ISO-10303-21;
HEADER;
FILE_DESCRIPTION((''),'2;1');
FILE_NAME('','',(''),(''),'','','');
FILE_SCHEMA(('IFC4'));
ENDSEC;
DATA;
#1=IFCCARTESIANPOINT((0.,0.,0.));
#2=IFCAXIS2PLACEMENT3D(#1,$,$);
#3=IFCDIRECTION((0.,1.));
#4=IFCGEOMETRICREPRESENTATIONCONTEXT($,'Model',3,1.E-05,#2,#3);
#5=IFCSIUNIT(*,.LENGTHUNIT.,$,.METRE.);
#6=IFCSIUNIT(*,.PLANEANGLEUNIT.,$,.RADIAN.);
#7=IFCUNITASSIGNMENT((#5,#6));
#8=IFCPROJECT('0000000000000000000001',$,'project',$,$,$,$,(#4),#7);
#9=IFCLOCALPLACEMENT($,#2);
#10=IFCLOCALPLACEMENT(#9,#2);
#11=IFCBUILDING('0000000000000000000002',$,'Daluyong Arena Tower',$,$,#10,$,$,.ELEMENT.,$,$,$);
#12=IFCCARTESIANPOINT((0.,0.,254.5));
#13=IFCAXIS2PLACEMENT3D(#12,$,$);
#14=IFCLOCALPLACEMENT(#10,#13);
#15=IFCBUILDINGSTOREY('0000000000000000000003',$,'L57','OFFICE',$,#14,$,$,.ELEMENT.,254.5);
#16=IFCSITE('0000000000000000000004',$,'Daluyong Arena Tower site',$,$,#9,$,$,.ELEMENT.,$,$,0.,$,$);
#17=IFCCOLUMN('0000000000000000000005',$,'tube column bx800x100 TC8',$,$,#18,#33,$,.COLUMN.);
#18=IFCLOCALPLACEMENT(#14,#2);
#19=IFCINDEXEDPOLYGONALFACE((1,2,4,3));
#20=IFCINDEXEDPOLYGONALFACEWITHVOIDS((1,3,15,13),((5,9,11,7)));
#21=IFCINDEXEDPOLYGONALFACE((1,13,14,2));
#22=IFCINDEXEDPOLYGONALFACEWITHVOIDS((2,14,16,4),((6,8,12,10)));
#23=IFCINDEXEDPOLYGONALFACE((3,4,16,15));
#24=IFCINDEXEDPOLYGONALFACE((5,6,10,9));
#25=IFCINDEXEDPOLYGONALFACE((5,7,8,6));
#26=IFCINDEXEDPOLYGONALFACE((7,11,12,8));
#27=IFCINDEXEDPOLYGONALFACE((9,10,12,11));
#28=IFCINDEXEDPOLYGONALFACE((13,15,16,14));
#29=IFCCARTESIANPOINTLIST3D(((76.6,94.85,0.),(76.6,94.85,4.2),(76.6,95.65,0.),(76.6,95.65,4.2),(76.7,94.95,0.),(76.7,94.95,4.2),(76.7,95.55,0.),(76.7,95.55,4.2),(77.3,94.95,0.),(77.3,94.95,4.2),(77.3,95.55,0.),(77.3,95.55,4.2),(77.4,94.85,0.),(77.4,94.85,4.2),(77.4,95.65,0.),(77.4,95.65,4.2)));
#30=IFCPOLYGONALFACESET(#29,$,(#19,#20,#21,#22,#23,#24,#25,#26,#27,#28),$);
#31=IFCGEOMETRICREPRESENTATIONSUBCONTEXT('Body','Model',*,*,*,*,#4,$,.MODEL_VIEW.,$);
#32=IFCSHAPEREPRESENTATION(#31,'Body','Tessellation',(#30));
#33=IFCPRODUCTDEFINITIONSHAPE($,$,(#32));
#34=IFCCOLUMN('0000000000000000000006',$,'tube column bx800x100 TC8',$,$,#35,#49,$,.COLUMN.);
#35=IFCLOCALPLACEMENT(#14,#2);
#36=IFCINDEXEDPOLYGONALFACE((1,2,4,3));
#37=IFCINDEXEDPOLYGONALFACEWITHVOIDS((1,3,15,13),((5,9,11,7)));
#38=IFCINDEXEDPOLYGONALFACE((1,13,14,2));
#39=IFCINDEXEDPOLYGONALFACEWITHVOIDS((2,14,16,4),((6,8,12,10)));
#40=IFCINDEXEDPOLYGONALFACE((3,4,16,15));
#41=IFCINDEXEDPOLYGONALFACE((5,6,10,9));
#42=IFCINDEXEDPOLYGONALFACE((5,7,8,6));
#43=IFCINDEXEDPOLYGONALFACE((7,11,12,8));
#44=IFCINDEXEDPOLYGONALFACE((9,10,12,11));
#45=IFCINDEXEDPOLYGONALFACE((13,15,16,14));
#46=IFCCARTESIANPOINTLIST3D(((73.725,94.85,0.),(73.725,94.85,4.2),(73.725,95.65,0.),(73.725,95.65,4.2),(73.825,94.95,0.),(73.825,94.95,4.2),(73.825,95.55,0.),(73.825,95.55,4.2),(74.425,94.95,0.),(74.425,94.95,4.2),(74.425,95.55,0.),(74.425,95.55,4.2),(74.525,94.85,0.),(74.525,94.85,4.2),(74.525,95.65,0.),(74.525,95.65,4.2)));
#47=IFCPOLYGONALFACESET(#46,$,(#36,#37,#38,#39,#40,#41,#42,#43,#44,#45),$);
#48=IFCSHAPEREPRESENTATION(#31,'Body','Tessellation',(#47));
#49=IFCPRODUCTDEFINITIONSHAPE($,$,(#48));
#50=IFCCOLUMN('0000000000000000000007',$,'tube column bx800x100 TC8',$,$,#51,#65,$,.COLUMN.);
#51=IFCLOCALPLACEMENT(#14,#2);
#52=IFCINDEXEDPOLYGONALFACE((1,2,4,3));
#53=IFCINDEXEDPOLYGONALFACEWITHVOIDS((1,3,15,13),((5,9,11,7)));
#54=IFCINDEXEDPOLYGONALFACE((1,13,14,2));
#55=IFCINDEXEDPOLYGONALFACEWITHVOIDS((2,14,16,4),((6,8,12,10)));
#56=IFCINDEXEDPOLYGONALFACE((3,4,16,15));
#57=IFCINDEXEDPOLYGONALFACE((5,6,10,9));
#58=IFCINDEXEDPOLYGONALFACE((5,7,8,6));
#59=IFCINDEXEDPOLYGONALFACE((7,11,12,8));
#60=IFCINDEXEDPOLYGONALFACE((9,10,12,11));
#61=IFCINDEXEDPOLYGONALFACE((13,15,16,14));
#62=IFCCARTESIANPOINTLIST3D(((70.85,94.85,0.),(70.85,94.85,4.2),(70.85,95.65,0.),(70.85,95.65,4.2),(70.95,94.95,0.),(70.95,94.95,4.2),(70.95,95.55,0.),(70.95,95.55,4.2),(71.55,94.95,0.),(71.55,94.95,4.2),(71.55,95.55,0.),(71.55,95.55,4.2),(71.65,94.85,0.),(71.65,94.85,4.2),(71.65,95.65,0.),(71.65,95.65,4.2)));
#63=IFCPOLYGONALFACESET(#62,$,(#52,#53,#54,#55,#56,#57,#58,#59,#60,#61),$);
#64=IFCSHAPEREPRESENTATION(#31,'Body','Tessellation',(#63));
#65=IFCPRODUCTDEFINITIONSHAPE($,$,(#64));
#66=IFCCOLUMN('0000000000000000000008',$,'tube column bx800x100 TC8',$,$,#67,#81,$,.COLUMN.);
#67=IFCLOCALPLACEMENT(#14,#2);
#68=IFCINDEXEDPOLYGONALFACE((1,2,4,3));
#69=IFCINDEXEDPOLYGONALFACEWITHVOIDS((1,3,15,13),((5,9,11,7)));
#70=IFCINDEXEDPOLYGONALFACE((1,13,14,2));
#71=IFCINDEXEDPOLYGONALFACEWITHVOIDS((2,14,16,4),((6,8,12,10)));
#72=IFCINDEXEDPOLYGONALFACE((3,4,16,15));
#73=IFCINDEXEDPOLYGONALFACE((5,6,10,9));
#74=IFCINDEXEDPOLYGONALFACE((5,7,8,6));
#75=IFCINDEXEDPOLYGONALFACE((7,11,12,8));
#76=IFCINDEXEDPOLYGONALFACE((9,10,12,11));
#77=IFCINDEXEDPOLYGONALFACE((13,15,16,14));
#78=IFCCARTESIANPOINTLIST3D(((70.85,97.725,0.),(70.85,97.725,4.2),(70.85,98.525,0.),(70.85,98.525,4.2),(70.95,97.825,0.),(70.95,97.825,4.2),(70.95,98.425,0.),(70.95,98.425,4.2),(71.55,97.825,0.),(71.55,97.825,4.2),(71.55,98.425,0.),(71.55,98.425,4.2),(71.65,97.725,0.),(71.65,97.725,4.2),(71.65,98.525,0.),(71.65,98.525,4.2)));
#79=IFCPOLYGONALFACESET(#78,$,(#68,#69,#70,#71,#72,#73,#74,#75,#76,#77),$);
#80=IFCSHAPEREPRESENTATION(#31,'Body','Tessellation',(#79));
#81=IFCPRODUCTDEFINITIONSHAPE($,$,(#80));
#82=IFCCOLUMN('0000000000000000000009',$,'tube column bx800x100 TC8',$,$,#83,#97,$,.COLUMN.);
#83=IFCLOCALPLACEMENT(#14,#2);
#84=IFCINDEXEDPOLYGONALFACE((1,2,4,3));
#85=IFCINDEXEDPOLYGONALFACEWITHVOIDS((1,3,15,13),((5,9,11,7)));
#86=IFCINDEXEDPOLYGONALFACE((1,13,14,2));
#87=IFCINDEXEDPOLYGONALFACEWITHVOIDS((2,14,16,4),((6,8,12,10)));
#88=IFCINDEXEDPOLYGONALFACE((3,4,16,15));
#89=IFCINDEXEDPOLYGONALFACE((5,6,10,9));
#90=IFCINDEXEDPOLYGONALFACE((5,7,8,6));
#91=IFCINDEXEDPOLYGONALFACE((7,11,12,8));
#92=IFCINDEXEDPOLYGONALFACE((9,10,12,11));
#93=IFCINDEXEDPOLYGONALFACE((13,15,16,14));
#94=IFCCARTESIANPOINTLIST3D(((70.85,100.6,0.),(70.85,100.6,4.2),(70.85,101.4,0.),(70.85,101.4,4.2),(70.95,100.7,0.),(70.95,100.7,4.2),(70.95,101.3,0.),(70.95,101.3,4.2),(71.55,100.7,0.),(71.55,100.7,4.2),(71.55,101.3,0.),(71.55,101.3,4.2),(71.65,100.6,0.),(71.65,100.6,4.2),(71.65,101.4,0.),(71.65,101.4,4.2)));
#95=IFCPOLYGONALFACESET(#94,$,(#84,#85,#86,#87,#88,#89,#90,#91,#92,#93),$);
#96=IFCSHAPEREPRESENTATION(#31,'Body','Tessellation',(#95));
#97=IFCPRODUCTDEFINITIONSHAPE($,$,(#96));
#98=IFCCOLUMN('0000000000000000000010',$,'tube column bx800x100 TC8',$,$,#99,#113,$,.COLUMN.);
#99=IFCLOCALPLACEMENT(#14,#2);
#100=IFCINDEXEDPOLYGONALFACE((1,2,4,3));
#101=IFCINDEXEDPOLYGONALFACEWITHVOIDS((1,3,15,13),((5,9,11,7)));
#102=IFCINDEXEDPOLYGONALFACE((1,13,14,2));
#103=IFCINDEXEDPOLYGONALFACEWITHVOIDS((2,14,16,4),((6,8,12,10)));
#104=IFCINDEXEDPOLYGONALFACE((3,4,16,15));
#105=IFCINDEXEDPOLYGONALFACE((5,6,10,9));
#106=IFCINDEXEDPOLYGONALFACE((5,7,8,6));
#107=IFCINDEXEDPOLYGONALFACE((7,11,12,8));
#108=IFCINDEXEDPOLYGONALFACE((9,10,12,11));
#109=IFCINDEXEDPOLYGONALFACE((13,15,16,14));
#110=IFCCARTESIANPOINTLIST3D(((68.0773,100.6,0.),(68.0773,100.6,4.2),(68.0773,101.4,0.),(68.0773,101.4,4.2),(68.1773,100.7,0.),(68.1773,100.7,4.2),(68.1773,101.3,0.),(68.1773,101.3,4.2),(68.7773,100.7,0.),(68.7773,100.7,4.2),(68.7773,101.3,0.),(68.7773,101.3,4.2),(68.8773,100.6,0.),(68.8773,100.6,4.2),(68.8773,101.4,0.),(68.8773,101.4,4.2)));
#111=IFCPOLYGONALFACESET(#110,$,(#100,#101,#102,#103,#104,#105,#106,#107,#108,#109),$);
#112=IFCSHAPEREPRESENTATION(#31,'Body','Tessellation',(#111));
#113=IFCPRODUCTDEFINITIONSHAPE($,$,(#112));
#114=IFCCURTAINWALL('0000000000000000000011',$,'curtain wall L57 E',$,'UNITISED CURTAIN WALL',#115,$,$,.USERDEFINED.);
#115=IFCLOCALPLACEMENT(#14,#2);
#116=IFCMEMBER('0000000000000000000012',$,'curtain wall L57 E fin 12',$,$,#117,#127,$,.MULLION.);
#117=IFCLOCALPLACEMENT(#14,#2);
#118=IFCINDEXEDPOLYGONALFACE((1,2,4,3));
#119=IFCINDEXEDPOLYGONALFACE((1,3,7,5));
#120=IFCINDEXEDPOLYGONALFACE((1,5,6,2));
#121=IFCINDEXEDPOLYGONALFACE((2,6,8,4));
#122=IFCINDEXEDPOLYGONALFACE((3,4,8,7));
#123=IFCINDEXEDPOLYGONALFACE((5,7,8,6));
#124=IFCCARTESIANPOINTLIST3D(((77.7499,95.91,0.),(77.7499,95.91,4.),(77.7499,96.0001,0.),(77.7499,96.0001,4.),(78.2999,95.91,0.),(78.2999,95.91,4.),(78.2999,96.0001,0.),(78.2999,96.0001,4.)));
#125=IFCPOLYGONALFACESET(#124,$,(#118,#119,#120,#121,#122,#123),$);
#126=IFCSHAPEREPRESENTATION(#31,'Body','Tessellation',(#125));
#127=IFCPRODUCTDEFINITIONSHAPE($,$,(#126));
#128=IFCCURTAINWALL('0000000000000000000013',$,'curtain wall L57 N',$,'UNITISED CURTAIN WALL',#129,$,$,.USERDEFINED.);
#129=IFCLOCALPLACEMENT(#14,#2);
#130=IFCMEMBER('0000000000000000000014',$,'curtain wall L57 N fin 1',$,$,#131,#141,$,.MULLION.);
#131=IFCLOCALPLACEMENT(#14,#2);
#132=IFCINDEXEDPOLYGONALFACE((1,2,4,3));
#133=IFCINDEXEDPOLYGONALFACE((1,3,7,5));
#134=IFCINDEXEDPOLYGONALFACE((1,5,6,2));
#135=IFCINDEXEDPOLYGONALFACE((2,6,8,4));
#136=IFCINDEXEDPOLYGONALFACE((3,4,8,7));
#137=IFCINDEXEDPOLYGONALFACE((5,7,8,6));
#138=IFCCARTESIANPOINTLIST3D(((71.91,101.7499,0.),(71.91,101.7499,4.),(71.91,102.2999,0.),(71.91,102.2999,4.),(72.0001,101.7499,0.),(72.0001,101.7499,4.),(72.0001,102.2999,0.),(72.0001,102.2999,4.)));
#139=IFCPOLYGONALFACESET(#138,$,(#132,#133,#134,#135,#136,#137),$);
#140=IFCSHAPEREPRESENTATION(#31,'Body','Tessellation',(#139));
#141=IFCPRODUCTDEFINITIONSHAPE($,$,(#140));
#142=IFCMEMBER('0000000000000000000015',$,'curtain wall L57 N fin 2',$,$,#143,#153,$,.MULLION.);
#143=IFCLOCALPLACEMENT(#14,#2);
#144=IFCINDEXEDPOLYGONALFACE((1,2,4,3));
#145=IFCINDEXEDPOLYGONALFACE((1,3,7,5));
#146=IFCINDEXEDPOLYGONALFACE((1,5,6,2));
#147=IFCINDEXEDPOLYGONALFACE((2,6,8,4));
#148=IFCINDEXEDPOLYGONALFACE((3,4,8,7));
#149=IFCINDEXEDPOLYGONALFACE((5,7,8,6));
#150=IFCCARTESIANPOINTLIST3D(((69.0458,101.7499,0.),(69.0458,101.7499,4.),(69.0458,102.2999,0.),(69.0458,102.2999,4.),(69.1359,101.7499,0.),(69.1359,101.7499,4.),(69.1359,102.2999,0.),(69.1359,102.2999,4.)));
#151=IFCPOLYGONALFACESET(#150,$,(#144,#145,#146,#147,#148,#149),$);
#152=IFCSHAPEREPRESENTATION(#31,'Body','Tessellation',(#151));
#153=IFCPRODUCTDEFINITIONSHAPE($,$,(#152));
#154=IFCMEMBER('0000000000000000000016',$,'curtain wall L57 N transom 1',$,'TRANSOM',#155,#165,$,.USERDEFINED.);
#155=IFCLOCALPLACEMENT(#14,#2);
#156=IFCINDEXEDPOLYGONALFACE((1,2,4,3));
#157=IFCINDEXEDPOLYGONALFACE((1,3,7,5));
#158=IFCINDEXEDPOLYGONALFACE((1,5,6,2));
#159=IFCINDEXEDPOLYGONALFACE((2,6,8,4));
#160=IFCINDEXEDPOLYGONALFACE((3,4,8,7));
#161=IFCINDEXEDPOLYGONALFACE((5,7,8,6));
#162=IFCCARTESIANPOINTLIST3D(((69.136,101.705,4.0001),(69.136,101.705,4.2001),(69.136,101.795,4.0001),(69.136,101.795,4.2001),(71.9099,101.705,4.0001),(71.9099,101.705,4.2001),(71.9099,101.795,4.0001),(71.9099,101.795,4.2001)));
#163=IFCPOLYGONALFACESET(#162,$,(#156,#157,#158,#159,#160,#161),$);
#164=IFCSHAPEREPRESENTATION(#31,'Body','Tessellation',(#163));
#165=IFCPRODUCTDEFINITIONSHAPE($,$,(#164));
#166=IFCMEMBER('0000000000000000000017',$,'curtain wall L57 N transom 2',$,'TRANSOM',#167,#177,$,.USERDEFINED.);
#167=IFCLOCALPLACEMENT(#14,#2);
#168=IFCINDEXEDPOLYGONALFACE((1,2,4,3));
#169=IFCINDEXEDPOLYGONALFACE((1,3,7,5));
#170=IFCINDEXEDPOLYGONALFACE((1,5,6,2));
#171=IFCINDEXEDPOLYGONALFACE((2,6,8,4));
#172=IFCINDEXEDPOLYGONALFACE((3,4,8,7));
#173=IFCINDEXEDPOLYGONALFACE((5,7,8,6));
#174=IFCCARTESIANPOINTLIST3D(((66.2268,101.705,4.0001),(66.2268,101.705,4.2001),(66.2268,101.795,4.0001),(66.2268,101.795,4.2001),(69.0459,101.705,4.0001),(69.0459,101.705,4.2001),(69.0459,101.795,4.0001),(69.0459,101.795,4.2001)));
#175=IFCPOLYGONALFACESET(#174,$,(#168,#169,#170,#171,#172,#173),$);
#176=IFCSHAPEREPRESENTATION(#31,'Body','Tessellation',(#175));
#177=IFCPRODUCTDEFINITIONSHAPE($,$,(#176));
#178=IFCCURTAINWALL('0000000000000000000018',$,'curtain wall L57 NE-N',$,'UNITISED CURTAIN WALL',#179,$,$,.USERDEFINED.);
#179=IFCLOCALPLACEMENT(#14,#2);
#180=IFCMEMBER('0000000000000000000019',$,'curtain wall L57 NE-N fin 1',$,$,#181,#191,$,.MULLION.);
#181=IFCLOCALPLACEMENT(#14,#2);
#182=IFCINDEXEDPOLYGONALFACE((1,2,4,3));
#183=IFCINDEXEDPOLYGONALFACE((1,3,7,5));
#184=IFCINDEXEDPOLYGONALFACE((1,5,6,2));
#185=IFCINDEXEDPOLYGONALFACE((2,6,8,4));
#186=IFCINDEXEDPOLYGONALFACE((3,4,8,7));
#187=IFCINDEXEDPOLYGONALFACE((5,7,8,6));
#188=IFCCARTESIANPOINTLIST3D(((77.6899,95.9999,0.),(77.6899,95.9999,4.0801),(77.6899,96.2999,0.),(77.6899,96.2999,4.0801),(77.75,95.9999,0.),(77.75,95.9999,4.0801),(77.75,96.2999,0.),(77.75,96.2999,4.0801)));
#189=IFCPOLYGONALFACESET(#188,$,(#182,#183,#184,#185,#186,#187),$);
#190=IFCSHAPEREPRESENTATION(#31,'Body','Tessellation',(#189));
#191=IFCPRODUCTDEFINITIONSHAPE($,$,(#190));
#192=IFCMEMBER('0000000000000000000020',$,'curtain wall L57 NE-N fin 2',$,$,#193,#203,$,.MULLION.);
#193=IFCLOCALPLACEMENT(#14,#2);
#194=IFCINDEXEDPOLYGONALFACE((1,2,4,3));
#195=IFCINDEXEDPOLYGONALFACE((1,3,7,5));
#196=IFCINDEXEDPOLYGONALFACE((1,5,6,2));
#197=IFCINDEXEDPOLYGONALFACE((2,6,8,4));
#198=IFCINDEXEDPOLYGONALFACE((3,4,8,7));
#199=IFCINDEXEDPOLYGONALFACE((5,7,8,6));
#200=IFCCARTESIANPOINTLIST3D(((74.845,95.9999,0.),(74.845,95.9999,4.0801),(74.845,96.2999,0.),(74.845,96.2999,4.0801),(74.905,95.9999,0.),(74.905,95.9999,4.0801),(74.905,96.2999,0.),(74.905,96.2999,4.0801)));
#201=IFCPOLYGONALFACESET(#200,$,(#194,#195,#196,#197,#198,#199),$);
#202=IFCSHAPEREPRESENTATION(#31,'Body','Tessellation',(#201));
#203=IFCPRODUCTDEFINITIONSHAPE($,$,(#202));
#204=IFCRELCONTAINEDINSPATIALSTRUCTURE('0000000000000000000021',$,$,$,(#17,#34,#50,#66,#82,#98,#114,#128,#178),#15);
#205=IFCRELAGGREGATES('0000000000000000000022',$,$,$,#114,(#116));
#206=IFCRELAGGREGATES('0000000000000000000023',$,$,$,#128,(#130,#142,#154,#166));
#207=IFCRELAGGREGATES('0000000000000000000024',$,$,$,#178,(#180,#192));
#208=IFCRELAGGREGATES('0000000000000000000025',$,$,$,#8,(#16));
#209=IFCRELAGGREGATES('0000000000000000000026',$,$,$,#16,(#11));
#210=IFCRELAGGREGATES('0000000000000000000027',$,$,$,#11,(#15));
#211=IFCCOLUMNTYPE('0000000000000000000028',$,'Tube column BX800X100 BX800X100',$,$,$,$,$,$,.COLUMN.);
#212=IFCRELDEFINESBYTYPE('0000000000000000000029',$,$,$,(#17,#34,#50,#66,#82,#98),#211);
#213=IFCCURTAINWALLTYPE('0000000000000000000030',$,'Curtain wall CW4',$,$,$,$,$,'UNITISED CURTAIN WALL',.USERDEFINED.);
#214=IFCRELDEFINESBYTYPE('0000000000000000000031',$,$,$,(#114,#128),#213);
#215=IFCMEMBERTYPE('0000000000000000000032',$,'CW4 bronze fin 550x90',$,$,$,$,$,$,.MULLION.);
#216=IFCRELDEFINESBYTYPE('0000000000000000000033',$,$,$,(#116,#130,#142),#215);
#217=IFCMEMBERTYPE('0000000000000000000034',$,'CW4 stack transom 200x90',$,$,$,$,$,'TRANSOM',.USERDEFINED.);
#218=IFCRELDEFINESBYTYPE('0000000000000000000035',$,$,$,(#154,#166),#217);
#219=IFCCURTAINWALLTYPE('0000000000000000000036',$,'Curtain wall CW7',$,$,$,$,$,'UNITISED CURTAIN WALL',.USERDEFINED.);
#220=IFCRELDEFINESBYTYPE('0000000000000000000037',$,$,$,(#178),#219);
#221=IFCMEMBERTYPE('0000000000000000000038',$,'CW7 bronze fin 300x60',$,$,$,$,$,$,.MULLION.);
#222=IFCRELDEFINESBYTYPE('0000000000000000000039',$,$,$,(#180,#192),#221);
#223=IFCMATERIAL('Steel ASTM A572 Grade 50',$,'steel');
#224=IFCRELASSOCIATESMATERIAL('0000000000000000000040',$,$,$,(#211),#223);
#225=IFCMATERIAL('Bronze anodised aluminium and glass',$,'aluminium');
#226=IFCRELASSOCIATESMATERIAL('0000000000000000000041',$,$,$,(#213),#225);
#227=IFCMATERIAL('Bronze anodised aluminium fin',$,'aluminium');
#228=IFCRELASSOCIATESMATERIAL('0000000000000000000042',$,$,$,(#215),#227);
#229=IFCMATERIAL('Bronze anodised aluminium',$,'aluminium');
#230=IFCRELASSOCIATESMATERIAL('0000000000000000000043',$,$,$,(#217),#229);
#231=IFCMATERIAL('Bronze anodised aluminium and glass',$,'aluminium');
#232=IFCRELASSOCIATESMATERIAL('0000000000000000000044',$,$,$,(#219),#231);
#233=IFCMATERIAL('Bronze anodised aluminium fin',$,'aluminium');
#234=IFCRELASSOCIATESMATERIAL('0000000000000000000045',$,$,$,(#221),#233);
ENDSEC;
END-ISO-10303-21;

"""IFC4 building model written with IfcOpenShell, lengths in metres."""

from ifc_helpers import new_model, si_unit, direction, frame, origin, origin_2d, place, context, subcontext, project, spatial, rectangle, hollow_rectangle, extrude, material, material_profile, profile_set, type_object, element, aggregate, save


model = new_model("IFC4")

# Units and contexts
model_context = context("Model", 3, precision=1e-05, world=origin(), true_north=direction((0.0, 1.0)))
body_context = subcontext(model_context, "Body", "Model", "MODEL_VIEW")
ifc_project = project(units=[si_unit("LENGTHUNIT", "METRE"), si_unit("PLANEANGLEUNIT", "RADIAN")], contexts=[model_context])

# Site, building, storey
site_placement = place(None, origin())
site = spatial("IfcSite", under=ifc_project, at=site_placement, Name="Daluyong Arena Tower site", CompositionType="ELEMENT", RefElevation=0.0)
building_placement = place(site_placement, origin())
building = spatial("IfcBuilding", under=site, at=building_placement, Name="Daluyong Arena Tower", CompositionType="ELEMENT")
storey_placement = place(building_placement, frame((0.0, 0.0, 254.5)))
storey = spatial("IfcBuildingStorey", under=building, at=storey_placement, Name="L57", Description="OFFICE", CompositionType="ELEMENT", Elevation=254.5)

# Columns
ifc_material_1 = material(Name="Steel ASTM A572 Grade 50", Category="steel")
ifc_material_profile_1 = material_profile(ifc_material_1, hollow_rectangle(XDim=0.8, YDim=0.8, WallThickness=0.1, at=origin_2d()))
ifc_profile_set_1 = profile_set([ifc_material_profile_1], Name="Steel ASTM A572 Grade 50")
column_type = type_object("IfcColumnType", Name="Tube column BX800X100 BX800X100", PredefinedType="COLUMN", material=ifc_profile_set_1)
for number, where, z_axis, x_axis, name in (
    (1, (77.0, 95.25, 0.0), (0.0, 0.0, 1.0), (1.0, 0.0, 0.0), "tube column bx800x100 TC8"),
    (2, (74.125, 95.25, 0.0), (0.0, 0.0, 1.0), (1.0, 0.0, 0.0), "tube column bx800x100 TC8"),
    (3, (71.25, 95.25, 0.0), (0.0, 0.0, 1.0), (0.0, 1.0, 0.0), "tube column bx800x100 TC8"),
    (4, (71.25, 98.125, 0.0), (0.0, 0.0, 1.0), (0.0, 1.0, 0.0), "tube column bx800x100 TC8"),
    (5, (71.25, 101.0, 0.0), (0.0, 0.0, 1.0), (1.0, 0.0, 0.0), "tube column bx800x100 TC8"),
    (6, (68.4773, 101.0, 0.0), (0.0, 0.0, 1.0), (1.0, 0.0, 0.0), "tube column bx800x100 TC8"),
):
    element("IfcColumn", number, at=place(storey_placement, frame(where, z_axis=z_axis, x_axis=x_axis)), inside=storey, type_object=column_type, Name=name, PredefinedType="COLUMN", context=body_context, shape_type="SweptSolid", body=[
        extrude(hollow_rectangle(XDim=0.8, YDim=0.8, WallThickness=0.1, at=origin_2d()), origin(), (0.0, 0.0, 1.0), 4.2),
    ])

# Curtain wall, member
ifc_material_2 = material(Name="Bronze anodised aluminium and glass", Category="aluminium")
curtain_wall_type_1 = type_object("IfcCurtainWallType", Name="Curtain wall CW4", ElementType="UNITISED CURTAIN WALL", PredefinedType="USERDEFINED", material=ifc_material_2)
curtain_wall_1_placement = place(storey_placement, origin())
curtain_wall_1 = element("IfcCurtainWall", 7, at=curtain_wall_1_placement, inside=storey, type_object=curtain_wall_type_1, Name="curtain wall L57 E", ObjectType="UNITISED CURTAIN WALL", PredefinedType="USERDEFINED")
ifc_material_3 = material(Name="Bronze anodised aluminium fin", Category="aluminium")
ifc_material_profile_2 = material_profile(ifc_material_3, rectangle(XDim=0.55, YDim=0.0901, at=origin_2d()))
ifc_profile_set_2 = profile_set([ifc_material_profile_2], Name="Bronze anodised aluminium fin")
member_type_1 = type_object("IfcMemberType", Name="CW4 bronze fin 550x90", PredefinedType="MULLION", material=ifc_profile_set_2)
member_1_placement = place(storey_placement, frame((78.0249, 95.9551, 0.0), z_axis=(0.0, 0.0, 1.0), x_axis=(-1.0, 0.0, 0.0)))
member_1 = element("IfcMember", 8, at=member_1_placement, type_object=member_type_1, Name="curtain wall L57 E fin 12", PredefinedType="MULLION", context=body_context, shape_type="SweptSolid", body=[
    extrude(rectangle(XDim=0.55, YDim=0.0901, at=origin_2d()), origin(), (0.0, 0.0, 1.0), 4.0),
])
aggregate(curtain_wall_1, [member_1])

# Curtain walls, members
curtain_wall_2_placement = place(storey_placement, origin())
curtain_wall_2 = element("IfcCurtainWall", 9, at=curtain_wall_2_placement, inside=storey, type_object=curtain_wall_type_1, Name="curtain wall L57 N", ObjectType="UNITISED CURTAIN WALL", PredefinedType="USERDEFINED")
member_2_placement = place(storey_placement, frame((71.9551, 102.0249, 0.0), z_axis=(0.0, 0.0, 1.0), x_axis=(0.0, -1.0, 0.0)))
member_2 = element("IfcMember", 10, at=member_2_placement, type_object=member_type_1, Name="curtain wall L57 N fin 1", PredefinedType="MULLION", context=body_context, shape_type="SweptSolid", body=[
    extrude(rectangle(XDim=0.55, YDim=0.0901, at=origin_2d()), origin(), (0.0, 0.0, 1.0), 4.0),
])
member_3_placement = place(storey_placement, frame((69.0908, 102.0249, 0.0), z_axis=(0.0, 0.0, 1.0), x_axis=(0.0, -1.0, 0.0)))
member_3 = element("IfcMember", 11, at=member_3_placement, type_object=member_type_1, Name="curtain wall L57 N fin 2", PredefinedType="MULLION", context=body_context, shape_type="SweptSolid", body=[
    extrude(rectangle(XDim=0.55, YDim=0.0901, at=origin_2d()), origin(), (0.0, 0.0, 1.0), 4.0),
])
ifc_material_4 = material(Name="Bronze anodised aluminium", Category="aluminium")
ifc_material_profile_3 = material_profile(ifc_material_4, rectangle(XDim=0.0901, YDim=0.2, at=origin_2d()))
ifc_profile_set_3 = profile_set([ifc_material_profile_3], Name="Bronze anodised aluminium")
member_type_2 = type_object("IfcMemberType", Name="CW4 stack transom 200x90", ElementType="TRANSOM", PredefinedType="USERDEFINED", material=ifc_profile_set_3)
member_4_placement = place(storey_placement, frame((71.9099, 101.75, 4.1001), z_axis=(-1.0, 0.0, 0.0), x_axis=(0.0, -1.0, 0.0)))
member_4 = element("IfcMember", 12, at=member_4_placement, type_object=member_type_2, Name="curtain wall L57 N transom 1", ObjectType="TRANSOM", PredefinedType="USERDEFINED", context=body_context, shape_type="SweptSolid", body=[
    extrude(rectangle(XDim=0.0901, YDim=0.2, at=origin_2d()), origin(), (0.0, 0.0, 1.0), 2.7739),
])
member_5_placement = place(storey_placement, frame((69.0459, 101.75, 4.1001), z_axis=(-1.0, 0.0, 0.0), x_axis=(0.0, -1.0, 0.0)))
member_5 = element("IfcMember", 13, at=member_5_placement, type_object=member_type_2, Name="curtain wall L57 N transom 2", ObjectType="TRANSOM", PredefinedType="USERDEFINED", context=body_context, shape_type="SweptSolid", body=[
    extrude(rectangle(XDim=0.0901, YDim=0.2, at=origin_2d()), origin(), (0.0, 0.0, 1.0), 2.8191),
])
ifc_material_5 = material(Name="Bronze anodised aluminium and glass", Category="aluminium")
curtain_wall_type_2 = type_object("IfcCurtainWallType", Name="Curtain wall CW7", ElementType="UNITISED CURTAIN WALL", PredefinedType="USERDEFINED", material=ifc_material_5)
curtain_wall_3_placement = place(storey_placement, origin())
curtain_wall_3 = element("IfcCurtainWall", 14, at=curtain_wall_3_placement, inside=storey, type_object=curtain_wall_type_2, Name="curtain wall L57 NE-N", ObjectType="UNITISED CURTAIN WALL", PredefinedType="USERDEFINED")
ifc_material_6 = material(Name="Bronze anodised aluminium fin", Category="aluminium")
ifc_material_profile_4 = material_profile(ifc_material_6, rectangle(XDim=0.3, YDim=0.0601, at=origin_2d()))
ifc_profile_set_4 = profile_set([ifc_material_profile_4], Name="Bronze anodised aluminium fin")
member_type_3 = type_object("IfcMemberType", Name="CW7 bronze fin 300x60", PredefinedType="MULLION", material=ifc_profile_set_4)
member_6_placement = place(storey_placement, frame((77.72, 96.1499, 0.0), z_axis=(0.0, 0.0, 1.0), x_axis=(0.0, -1.0, 0.0)))
member_6 = element("IfcMember", 15, at=member_6_placement, type_object=member_type_3, Name="curtain wall L57 NE-N fin 1", PredefinedType="MULLION", context=body_context, shape_type="SweptSolid", body=[
    extrude(rectangle(XDim=0.3, YDim=0.0601, at=origin_2d()), origin(), (0.0, 0.0, 1.0), 4.0801),
])
member_7_placement = place(storey_placement, frame((74.875, 96.1499, 0.0), z_axis=(0.0, 0.0, 1.0), x_axis=(0.0, -1.0, 0.0)))
member_7 = element("IfcMember", 16, at=member_7_placement, type_object=member_type_3, Name="curtain wall L57 NE-N fin 2", PredefinedType="MULLION", context=body_context, shape_type="SweptSolid", body=[
    extrude(rectangle(XDim=0.3, YDim=0.0601, at=origin_2d()), origin(), (0.0, 0.0, 1.0), 4.0801),
])

aggregate(curtain_wall_2, [member_2, member_3, member_4, member_5])
aggregate(curtain_wall_3, [member_6, member_7])

save(model, "model.ifc")
